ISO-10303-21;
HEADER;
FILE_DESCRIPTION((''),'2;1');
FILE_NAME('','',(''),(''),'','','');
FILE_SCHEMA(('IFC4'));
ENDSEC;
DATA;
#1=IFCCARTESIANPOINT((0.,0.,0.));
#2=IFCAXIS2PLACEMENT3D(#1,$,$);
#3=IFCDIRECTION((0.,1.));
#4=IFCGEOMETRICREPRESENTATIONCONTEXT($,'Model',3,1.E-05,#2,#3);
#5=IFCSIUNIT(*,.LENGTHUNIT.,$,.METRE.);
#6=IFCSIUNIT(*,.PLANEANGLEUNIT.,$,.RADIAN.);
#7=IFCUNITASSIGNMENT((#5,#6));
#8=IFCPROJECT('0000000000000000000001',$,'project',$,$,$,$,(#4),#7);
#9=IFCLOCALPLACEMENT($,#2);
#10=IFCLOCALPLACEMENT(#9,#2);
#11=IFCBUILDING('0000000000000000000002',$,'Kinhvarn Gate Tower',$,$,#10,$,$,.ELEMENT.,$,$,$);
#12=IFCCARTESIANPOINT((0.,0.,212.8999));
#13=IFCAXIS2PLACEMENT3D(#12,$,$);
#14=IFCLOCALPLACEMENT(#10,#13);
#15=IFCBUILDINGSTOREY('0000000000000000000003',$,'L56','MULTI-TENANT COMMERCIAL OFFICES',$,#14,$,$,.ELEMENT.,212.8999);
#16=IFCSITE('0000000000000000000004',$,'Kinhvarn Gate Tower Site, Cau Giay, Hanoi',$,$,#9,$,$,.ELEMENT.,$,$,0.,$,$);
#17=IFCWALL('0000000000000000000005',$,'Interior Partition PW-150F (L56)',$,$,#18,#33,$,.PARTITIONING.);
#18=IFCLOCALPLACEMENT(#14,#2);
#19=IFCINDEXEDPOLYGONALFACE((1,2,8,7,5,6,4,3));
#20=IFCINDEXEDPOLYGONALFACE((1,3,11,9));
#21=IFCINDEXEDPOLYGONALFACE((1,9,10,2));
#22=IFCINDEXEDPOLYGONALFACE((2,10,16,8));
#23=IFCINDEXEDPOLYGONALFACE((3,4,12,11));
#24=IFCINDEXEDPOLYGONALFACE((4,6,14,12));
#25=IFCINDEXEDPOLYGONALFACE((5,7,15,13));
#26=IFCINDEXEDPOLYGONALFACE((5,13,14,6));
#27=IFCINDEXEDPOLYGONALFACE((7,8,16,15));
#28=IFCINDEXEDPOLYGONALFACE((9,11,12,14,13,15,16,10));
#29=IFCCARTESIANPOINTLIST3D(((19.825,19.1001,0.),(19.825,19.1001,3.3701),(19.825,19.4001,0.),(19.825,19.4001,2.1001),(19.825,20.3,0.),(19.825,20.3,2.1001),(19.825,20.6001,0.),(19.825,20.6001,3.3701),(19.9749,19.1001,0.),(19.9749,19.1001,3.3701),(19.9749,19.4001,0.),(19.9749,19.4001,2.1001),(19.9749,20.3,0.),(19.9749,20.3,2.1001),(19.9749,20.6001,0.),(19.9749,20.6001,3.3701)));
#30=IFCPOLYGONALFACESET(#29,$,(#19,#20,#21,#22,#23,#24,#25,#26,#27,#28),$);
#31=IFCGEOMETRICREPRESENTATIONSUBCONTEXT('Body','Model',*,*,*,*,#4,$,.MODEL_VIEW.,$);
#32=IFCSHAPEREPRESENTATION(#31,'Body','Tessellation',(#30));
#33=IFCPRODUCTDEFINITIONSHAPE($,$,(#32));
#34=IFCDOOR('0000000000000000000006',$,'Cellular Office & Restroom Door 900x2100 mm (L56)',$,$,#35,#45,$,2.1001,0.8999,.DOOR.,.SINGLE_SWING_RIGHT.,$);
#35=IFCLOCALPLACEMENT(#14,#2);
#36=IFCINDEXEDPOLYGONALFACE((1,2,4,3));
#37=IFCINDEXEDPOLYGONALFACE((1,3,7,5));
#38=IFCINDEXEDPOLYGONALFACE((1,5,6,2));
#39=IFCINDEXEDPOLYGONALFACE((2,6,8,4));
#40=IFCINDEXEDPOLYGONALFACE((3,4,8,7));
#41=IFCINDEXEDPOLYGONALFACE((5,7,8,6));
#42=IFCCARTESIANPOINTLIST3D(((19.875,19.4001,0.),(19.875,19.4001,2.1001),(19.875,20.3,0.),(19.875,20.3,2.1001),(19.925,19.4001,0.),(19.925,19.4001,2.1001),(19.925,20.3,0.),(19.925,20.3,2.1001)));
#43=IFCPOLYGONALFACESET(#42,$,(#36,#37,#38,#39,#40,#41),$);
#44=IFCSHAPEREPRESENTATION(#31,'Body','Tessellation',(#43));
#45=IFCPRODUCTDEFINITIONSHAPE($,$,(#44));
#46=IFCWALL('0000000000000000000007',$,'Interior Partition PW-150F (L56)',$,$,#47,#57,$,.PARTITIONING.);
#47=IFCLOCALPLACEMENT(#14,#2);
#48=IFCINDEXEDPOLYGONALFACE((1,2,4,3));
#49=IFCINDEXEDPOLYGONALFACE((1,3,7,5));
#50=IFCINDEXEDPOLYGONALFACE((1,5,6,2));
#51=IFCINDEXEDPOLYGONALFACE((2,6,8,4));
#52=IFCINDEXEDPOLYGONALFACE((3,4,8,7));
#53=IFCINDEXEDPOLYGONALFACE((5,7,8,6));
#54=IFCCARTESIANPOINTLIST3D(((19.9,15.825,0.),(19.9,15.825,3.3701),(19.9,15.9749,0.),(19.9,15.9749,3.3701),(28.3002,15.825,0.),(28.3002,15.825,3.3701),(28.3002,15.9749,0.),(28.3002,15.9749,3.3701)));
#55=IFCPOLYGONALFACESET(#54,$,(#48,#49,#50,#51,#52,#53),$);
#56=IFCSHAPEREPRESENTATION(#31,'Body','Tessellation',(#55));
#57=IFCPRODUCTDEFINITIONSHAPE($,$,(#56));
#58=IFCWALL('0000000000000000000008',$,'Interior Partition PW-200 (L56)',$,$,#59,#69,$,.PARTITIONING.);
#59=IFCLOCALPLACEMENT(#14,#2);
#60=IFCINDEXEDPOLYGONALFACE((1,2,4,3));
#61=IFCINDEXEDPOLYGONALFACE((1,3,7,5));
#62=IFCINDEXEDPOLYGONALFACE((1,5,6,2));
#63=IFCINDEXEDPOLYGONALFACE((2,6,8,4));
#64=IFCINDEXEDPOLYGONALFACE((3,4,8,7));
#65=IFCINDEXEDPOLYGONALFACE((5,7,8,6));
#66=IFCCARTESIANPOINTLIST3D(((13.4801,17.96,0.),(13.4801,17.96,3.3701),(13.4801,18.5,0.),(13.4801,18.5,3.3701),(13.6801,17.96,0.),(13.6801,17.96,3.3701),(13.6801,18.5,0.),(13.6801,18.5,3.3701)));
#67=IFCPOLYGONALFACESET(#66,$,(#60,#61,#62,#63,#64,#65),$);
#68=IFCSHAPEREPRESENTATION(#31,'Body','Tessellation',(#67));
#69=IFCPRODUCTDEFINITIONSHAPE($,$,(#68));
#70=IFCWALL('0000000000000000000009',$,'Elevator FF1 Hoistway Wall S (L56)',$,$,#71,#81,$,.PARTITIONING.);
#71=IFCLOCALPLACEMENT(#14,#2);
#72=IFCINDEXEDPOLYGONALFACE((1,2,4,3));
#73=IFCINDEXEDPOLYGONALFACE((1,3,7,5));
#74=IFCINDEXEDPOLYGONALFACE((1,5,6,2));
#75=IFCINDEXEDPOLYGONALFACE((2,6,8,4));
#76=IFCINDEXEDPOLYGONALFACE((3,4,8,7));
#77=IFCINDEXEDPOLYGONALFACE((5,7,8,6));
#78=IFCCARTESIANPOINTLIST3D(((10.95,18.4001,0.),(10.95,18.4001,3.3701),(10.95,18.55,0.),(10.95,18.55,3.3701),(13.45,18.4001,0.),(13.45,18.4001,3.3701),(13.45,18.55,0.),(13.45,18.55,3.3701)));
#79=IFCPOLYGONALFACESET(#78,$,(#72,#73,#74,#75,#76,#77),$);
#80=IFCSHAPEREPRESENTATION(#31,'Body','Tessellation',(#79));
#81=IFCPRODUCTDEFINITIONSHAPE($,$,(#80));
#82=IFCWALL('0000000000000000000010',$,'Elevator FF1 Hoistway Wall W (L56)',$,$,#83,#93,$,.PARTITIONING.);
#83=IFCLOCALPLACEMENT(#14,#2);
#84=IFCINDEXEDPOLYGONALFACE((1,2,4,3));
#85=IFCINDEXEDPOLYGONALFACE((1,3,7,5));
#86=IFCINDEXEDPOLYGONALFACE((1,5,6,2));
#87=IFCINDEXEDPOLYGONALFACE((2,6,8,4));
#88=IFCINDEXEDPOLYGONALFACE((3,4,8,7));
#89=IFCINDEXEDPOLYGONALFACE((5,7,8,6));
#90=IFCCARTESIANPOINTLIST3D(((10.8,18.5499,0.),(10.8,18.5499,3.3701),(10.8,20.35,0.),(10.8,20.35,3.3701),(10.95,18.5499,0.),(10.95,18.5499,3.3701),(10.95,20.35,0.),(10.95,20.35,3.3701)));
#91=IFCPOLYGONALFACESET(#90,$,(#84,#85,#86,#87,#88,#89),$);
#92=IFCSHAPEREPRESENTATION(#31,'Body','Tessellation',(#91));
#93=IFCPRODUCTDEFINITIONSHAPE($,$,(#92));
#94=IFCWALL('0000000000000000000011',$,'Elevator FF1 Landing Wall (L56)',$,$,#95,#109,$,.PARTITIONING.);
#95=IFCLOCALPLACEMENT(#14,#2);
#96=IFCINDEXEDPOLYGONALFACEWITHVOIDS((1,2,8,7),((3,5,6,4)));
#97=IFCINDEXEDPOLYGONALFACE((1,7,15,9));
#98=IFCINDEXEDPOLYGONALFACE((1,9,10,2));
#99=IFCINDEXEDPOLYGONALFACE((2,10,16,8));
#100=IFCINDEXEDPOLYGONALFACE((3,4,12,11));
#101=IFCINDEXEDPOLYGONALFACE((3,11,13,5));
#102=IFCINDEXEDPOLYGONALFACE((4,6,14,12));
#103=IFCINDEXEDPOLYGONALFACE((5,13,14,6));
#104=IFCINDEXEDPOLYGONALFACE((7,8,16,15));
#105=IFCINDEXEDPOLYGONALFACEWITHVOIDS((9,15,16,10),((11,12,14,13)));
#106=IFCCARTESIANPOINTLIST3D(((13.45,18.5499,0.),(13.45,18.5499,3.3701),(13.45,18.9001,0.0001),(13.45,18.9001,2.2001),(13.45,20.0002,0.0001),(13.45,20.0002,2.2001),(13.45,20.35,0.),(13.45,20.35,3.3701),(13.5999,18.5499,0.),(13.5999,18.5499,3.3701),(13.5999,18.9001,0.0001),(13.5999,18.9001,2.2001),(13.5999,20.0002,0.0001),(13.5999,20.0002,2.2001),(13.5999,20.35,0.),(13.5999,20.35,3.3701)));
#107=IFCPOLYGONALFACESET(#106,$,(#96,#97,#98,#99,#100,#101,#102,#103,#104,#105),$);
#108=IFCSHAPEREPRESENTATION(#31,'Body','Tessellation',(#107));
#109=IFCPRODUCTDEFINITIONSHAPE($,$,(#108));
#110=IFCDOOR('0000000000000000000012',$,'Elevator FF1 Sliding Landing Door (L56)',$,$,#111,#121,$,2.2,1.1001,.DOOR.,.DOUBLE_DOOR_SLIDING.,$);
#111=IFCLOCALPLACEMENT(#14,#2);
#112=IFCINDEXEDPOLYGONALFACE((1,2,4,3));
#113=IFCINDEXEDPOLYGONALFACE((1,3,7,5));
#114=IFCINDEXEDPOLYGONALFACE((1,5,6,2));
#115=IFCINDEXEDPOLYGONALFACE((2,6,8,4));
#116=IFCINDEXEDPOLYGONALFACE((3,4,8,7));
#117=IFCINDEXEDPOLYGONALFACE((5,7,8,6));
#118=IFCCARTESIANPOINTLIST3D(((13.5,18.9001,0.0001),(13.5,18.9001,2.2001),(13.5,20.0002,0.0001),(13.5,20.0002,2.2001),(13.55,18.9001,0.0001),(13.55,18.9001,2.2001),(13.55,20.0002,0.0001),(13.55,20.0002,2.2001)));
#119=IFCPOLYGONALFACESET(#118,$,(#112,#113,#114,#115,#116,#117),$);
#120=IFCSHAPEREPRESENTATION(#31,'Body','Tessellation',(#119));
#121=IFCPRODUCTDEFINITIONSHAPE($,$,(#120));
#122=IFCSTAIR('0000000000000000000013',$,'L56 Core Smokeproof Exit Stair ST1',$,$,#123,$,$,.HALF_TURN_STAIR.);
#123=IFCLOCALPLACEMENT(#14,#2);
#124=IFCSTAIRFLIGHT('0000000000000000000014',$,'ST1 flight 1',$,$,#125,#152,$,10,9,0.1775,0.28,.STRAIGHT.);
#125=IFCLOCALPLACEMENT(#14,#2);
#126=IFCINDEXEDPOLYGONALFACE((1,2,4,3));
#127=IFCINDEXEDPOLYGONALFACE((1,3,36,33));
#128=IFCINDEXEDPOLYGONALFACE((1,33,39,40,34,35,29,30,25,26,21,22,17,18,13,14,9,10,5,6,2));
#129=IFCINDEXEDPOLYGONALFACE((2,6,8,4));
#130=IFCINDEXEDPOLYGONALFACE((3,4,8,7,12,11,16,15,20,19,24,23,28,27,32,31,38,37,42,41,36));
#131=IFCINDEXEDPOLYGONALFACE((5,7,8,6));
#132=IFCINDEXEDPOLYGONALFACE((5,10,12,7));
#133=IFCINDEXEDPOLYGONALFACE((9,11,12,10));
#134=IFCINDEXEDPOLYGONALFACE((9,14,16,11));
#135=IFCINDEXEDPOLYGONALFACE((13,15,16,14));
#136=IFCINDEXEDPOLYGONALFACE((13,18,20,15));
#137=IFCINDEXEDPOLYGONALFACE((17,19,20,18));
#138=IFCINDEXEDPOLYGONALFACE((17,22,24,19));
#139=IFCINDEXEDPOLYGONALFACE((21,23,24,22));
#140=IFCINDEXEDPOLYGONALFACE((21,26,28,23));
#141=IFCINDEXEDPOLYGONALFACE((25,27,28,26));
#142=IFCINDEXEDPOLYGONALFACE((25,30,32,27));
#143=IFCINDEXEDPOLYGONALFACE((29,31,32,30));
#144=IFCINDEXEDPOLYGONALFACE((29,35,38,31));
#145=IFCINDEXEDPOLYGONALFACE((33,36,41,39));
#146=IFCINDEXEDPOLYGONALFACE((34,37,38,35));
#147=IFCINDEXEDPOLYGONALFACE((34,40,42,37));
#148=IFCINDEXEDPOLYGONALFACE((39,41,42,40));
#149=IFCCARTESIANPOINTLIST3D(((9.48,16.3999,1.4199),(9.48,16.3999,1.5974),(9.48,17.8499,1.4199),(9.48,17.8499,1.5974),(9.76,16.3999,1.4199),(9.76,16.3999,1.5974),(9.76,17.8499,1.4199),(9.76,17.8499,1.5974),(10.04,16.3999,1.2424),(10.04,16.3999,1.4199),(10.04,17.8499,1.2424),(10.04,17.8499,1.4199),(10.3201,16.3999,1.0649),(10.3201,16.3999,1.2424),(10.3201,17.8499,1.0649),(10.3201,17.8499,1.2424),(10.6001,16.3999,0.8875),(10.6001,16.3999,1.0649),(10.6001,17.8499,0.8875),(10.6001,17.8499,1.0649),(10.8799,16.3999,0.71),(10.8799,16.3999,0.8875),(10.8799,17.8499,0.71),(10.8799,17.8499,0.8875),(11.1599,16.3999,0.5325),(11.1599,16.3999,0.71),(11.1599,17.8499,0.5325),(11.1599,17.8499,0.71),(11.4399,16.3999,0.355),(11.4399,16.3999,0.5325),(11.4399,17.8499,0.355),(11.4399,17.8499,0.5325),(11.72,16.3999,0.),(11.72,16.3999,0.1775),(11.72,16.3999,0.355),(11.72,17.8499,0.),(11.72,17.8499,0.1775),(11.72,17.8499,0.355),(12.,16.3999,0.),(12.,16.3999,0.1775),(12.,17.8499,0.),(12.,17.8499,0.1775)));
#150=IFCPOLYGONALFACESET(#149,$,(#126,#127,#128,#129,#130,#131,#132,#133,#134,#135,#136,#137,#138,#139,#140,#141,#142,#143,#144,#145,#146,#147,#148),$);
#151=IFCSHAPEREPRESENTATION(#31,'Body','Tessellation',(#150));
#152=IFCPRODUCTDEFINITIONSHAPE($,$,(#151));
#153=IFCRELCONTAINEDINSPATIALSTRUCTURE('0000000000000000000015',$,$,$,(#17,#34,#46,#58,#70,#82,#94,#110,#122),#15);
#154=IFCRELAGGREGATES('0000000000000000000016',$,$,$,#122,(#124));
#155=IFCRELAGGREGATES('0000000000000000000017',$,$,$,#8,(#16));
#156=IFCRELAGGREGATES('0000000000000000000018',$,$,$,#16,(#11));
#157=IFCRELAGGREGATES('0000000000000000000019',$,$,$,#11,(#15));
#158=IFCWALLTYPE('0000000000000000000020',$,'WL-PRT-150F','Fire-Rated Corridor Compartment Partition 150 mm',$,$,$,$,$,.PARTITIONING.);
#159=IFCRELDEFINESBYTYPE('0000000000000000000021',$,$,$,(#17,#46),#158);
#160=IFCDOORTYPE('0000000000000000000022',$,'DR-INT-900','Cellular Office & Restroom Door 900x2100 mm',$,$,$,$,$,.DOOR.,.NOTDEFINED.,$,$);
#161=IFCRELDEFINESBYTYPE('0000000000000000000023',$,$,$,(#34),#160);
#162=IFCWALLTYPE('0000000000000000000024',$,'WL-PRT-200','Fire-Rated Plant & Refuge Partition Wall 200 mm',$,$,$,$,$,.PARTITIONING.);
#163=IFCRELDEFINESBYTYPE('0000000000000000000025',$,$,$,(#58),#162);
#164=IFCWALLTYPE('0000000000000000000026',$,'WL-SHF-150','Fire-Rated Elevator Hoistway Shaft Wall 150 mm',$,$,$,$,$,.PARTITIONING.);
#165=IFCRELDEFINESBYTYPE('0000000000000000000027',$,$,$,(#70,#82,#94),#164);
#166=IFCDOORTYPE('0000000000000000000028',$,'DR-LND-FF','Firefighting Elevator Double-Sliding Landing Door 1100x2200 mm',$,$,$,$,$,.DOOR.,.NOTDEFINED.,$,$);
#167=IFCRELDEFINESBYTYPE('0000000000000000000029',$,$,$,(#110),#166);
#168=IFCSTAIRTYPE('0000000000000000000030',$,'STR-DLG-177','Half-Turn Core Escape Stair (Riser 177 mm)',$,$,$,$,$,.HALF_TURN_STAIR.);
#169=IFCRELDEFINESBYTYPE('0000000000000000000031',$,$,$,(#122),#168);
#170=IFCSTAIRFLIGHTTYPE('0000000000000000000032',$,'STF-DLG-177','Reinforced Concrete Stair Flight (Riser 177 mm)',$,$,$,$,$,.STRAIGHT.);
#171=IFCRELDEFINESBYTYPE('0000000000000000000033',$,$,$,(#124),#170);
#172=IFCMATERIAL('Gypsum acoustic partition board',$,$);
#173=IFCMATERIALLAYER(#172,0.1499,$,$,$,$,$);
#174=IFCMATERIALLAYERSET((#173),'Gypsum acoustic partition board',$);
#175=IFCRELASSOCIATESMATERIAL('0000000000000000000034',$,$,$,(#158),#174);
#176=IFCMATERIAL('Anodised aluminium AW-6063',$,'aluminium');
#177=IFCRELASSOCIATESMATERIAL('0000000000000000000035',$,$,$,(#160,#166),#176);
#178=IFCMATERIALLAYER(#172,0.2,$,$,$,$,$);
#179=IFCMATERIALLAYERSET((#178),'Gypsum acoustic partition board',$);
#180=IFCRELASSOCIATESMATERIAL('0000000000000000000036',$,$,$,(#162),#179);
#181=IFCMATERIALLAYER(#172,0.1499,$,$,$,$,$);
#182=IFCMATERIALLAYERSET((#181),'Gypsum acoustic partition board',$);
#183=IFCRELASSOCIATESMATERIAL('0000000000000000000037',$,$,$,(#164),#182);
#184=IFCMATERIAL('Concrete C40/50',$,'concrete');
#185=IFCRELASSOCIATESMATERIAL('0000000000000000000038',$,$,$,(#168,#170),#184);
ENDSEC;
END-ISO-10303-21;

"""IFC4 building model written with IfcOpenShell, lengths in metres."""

from ifc_helpers import new_model, si_unit, direction, frame, frame_2d, origin, place, context, subcontext, project, spatial, polyline, rectangle, outline, extrude, material, layer, layer_set, type_object, element, fill, aggregate, save


model = new_model("IFC4")

# Units and contexts
model_context = context("Model", 3, precision=1e-05, world=origin(), true_north=direction((0.0, 1.0)))
body_context = subcontext(model_context, "Body", "Model", "MODEL_VIEW")
ifc_project = project(units=[si_unit("LENGTHUNIT", "METRE"), si_unit("PLANEANGLEUNIT", "RADIAN")], contexts=[model_context])

# Site, building, storey
site_placement = place(None, origin())
site = spatial("IfcSite", under=ifc_project, at=site_placement, Name="Kinhvarn Gate Tower Site, Cau Giay, Hanoi", CompositionType="ELEMENT", RefElevation=0.0)
building_placement = place(site_placement, origin())
building = spatial("IfcBuilding", under=site, at=building_placement, Name="Kinhvarn Gate Tower", CompositionType="ELEMENT")
storey_placement = place(building_placement, frame((0.0, 0.0, 212.8999)))
storey = spatial("IfcBuildingStorey", under=building, at=storey_placement, Name="L56", Description="MULTI-TENANT COMMERCIAL OFFICES", CompositionType="ELEMENT", Elevation=212.8999)

# Shared definitions
ifc_material_1 = material(Name="Anodised aluminium AW-6063", Category="aluminium")

# Shared definitions
ifc_material_2 = material(Name="Gypsum acoustic partition board")

# Wall, opening, door
ifc_layer_1 = layer(ifc_material_2, 0.1499)
ifc_layer_set_1 = layer_set([ifc_layer_1], Name="Gypsum acoustic partition board")
wall_type_1 = type_object("IfcWallType", Name="WL-PRT-150F", Description="Fire-Rated Corridor Compartment Partition 150 mm", PredefinedType="PARTITIONING", material=ifc_layer_set_1)
wall_1_placement = place(storey_placement, frame((19.8999, 19.1001, 0.0), z_axis=(0.0, 0.0, 1.0), x_axis=(0.0, 1.0, 0.0)))
wall_1 = element("IfcWall", 1, at=wall_1_placement, inside=storey, type_object=wall_type_1, Name="Interior Partition PW-150F (L56)", PredefinedType="PARTITIONING", context=body_context, shape_type="SweptSolid", body=[
    extrude(rectangle(XDim=1.5, YDim=0.1499, at=frame_2d((0.75, 0.0))), origin(), (0.0, 0.0, 1.0), 3.3701),
])
opening_1_placement = place(wall_1_placement, frame((0.3, 0.0, 0.0)))
opening_1 = element("IfcOpeningElement", 2, at=opening_1_placement, cuts=wall_1, PredefinedType="OPENING", context=body_context, shape_type="SweptSolid", body=[
    extrude(rectangle(XDim=0.8999, YDim=2.1001, at=frame_2d((0.45, 1.05))), frame((0.0, 0.085, 0.0), z_axis=(0.0, -1.0, 0.0), x_axis=(1.0, 0.0, 0.0)), (0.0, 0.0, 1.0), 0.1699),
])
door_type_1 = type_object("IfcDoorType", Name="DR-INT-900", Description="Cellular Office & Restroom Door 900x2100 mm", OperationType="NOTDEFINED", PredefinedType="DOOR", material=ifc_material_1)
door_1_placement = place(opening_1_placement, origin())
door_1 = element("IfcDoor", 3, at=door_1_placement, inside=storey, type_object=door_type_1, Name="Cellular Office & Restroom Door 900x2100 mm (L56)", OperationType="SINGLE_SWING_RIGHT", OverallHeight=2.1001, OverallWidth=0.8999, PredefinedType="DOOR", context=body_context, shape_type="SweptSolid", body=[
    extrude(rectangle(XDim=0.8999, YDim=2.1001, at=frame_2d((0.45, 1.05))), frame((0.0, 0.0249, 0.0), z_axis=(0.0, -1.0, 0.0), x_axis=(1.0, 0.0, 0.0)), (0.0, 0.0, 1.0), 0.05),
])
fill(opening_1, door_1)

# Walls
wall_2_placement = place(storey_placement, frame((19.8999, 15.8999, 0.0), z_axis=(0.0, 0.0, 1.0), x_axis=(1.0, 0.0, 0.0)))
element("IfcWall", 4, at=wall_2_placement, inside=storey, type_object=wall_type_1, Name="Interior Partition PW-150F (L56)", PredefinedType="PARTITIONING", context=body_context, shape_type="SweptSolid", body=[
    extrude(rectangle(XDim=8.4001, YDim=0.1499, at=frame_2d((4.2002, 0.0))), origin(), (0.0, 0.0, 1.0), 3.3701),
])
ifc_layer_2 = layer(ifc_material_2, 0.2)
ifc_layer_set_2 = layer_set([ifc_layer_2], Name="Gypsum acoustic partition board")
wall_type_2 = type_object("IfcWallType", Name="WL-PRT-200", Description="Fire-Rated Plant & Refuge Partition Wall 200 mm", PredefinedType="PARTITIONING", material=ifc_layer_set_2)
wall_3_placement = place(storey_placement, frame((13.5801, 17.96, 0.0), z_axis=(0.0, 0.0, 1.0), x_axis=(0.0, 1.0, 0.0)))
element("IfcWall", 5, at=wall_3_placement, inside=storey, type_object=wall_type_2, Name="Interior Partition PW-200 (L56)", PredefinedType="PARTITIONING", context=body_context, shape_type="SweptSolid", body=[
    extrude(rectangle(XDim=0.54, YDim=0.2, at=frame_2d((0.27, 0.0))), origin(), (0.0, 0.0, 1.0), 3.3701),
])
ifc_layer_3 = layer(ifc_material_2, 0.1499)
ifc_layer_set_3 = layer_set([ifc_layer_3], Name="Gypsum acoustic partition board")
wall_type_3 = type_object("IfcWallType", Name="WL-SHF-150", Description="Fire-Rated Elevator Hoistway Shaft Wall 150 mm", PredefinedType="PARTITIONING", material=ifc_layer_set_3)
wall_4_placement = place(storey_placement, frame((10.95, 18.4751, 0.0), z_axis=(0.0, 0.0, 1.0), x_axis=(1.0, 0.0, 0.0)))
element("IfcWall", 6, at=wall_4_placement, inside=storey, type_object=wall_type_3, Name="Elevator FF1 Hoistway Wall S (L56)", PredefinedType="PARTITIONING", context=body_context, shape_type="SweptSolid", body=[
    extrude(rectangle(XDim=2.5, YDim=0.1499, at=frame_2d((1.25, 0.0))), origin(), (0.0, 0.0, 1.0), 3.3701),
])
wall_5_placement = place(storey_placement, frame((10.875, 18.55, 0.0), z_axis=(0.0, 0.0, 1.0), x_axis=(0.0, 1.0, 0.0)))
element("IfcWall", 7, at=wall_5_placement, inside=storey, type_object=wall_type_3, Name="Elevator FF1 Hoistway Wall W (L56)", PredefinedType="PARTITIONING", context=body_context, shape_type="SweptSolid", body=[
    extrude(rectangle(XDim=1.8, YDim=0.1499, at=frame_2d((0.8999, 0.0))), origin(), (0.0, 0.0, 1.0), 3.3701),
])

# Wall, opening, door
wall_6_placement = place(storey_placement, frame((13.5249, 18.55, 0.0), z_axis=(0.0, 0.0, 1.0), x_axis=(0.0, 1.0, 0.0)))
wall_6 = element("IfcWall", 8, at=wall_6_placement, inside=storey, type_object=wall_type_3, Name="Elevator FF1 Landing Wall (L56)", PredefinedType="PARTITIONING", context=body_context, shape_type="SweptSolid", body=[
    extrude(rectangle(XDim=1.8, YDim=0.1499, at=frame_2d((0.8999, 0.0))), origin(), (0.0, 0.0, 1.0), 3.3701),
])
opening_2_placement = place(wall_6_placement, frame((0.3501, 0.0, 0.0)))
opening_2 = element("IfcOpeningElement", 9, at=opening_2_placement, cuts=wall_6, PredefinedType="OPENING", context=body_context, shape_type="SweptSolid", body=[
    extrude(rectangle(XDim=1.1001, YDim=2.2, at=frame_2d((0.55, 1.1001))), frame((0.0, 0.085, 0.0), z_axis=(0.0, -1.0, 0.0), x_axis=(1.0, 0.0, 0.0)), (0.0, 0.0, 1.0), 0.1699),
])
door_type_2 = type_object("IfcDoorType", Name="DR-LND-FF", Description="Firefighting Elevator Double-Sliding Landing Door 1100x2200 mm", OperationType="NOTDEFINED", PredefinedType="DOOR", material=ifc_material_1)
door_2_placement = place(opening_2_placement, origin())
door_2 = element("IfcDoor", 10, at=door_2_placement, inside=storey, type_object=door_type_2, Name="Elevator FF1 Sliding Landing Door (L56)", OperationType="DOUBLE_DOOR_SLIDING", OverallHeight=2.2, OverallWidth=1.1001, PredefinedType="DOOR", context=body_context, shape_type="SweptSolid", body=[
    extrude(rectangle(XDim=1.1001, YDim=2.2, at=frame_2d((0.55, 1.1001))), frame((0.0, 0.0249, 0.0), z_axis=(0.0, -1.0, 0.0), x_axis=(1.0, 0.0, 0.0)), (0.0, 0.0, 1.0), 0.05),
])
fill(opening_2, door_2)
ifc_material_3 = material(Name="Concrete C40/50", Category="concrete")

# Stair, stair flight
stair_type = type_object("IfcStairType", Name="STR-DLG-177", Description="Half-Turn Core Escape Stair (Riser 177 mm)", PredefinedType="HALF_TURN_STAIR", material=ifc_material_3)
stair_placement = place(storey_placement, origin())
stair = element("IfcStair", 11, at=stair_placement, inside=storey, type_object=stair_type, Name="L56 Core Smokeproof Exit Stair ST1", PredefinedType="HALF_TURN_STAIR")
stair_flight_type = type_object("IfcStairFlightType", Name="STF-DLG-177", Description="Reinforced Concrete Stair Flight (Riser 177 mm)", PredefinedType="STRAIGHT", material=ifc_material_3)
stair_flight_placement = place(storey_placement, frame((12.0, 17.125, 0.0), z_axis=(0.0, 0.0, 1.0), x_axis=(-1.0, 0.0, 0.0)))
stair_flight = element("IfcStairFlight", 12, at=stair_flight_placement, type_object=stair_flight_type, Name="ST1 flight 1", NumberOfRisers=10, NumberOfTreads=9, PredefinedType="STRAIGHT", RiserHeight=0.1775, TreadLength=0.28, context=body_context, shape_type="SweptSolid", body=[
    extrude(outline(polyline([(0.0, 0.0), (0.0, 0.1775), (0.28, 0.1775), (0.28, 0.355), (0.5601, 0.355), (0.5601, 0.5325), (0.8401, 0.5325), (0.8401, 0.71), (1.1201, 0.71), (1.1201, 0.8875), (1.3999, 0.8875), (1.3999, 1.0649), (1.6799, 1.0649), (1.6799, 1.2424), (1.96, 1.2424), (1.96, 1.4199), (2.24, 1.4199), (2.24, 1.5974), (2.52, 1.5974), (2.52, 1.7749), (2.52, 1.4199), (0.28, 0.0), (0.0, 0.0)])), frame((0.0, 0.7251, 0.0), z_axis=(0.0, -1.0, 0.0), x_axis=(1.0, 0.0, 0.0)), (0.0, 0.0, 1.0), 1.45),
])
aggregate(stair, [stair_flight])

save(model, "model.ifc")
